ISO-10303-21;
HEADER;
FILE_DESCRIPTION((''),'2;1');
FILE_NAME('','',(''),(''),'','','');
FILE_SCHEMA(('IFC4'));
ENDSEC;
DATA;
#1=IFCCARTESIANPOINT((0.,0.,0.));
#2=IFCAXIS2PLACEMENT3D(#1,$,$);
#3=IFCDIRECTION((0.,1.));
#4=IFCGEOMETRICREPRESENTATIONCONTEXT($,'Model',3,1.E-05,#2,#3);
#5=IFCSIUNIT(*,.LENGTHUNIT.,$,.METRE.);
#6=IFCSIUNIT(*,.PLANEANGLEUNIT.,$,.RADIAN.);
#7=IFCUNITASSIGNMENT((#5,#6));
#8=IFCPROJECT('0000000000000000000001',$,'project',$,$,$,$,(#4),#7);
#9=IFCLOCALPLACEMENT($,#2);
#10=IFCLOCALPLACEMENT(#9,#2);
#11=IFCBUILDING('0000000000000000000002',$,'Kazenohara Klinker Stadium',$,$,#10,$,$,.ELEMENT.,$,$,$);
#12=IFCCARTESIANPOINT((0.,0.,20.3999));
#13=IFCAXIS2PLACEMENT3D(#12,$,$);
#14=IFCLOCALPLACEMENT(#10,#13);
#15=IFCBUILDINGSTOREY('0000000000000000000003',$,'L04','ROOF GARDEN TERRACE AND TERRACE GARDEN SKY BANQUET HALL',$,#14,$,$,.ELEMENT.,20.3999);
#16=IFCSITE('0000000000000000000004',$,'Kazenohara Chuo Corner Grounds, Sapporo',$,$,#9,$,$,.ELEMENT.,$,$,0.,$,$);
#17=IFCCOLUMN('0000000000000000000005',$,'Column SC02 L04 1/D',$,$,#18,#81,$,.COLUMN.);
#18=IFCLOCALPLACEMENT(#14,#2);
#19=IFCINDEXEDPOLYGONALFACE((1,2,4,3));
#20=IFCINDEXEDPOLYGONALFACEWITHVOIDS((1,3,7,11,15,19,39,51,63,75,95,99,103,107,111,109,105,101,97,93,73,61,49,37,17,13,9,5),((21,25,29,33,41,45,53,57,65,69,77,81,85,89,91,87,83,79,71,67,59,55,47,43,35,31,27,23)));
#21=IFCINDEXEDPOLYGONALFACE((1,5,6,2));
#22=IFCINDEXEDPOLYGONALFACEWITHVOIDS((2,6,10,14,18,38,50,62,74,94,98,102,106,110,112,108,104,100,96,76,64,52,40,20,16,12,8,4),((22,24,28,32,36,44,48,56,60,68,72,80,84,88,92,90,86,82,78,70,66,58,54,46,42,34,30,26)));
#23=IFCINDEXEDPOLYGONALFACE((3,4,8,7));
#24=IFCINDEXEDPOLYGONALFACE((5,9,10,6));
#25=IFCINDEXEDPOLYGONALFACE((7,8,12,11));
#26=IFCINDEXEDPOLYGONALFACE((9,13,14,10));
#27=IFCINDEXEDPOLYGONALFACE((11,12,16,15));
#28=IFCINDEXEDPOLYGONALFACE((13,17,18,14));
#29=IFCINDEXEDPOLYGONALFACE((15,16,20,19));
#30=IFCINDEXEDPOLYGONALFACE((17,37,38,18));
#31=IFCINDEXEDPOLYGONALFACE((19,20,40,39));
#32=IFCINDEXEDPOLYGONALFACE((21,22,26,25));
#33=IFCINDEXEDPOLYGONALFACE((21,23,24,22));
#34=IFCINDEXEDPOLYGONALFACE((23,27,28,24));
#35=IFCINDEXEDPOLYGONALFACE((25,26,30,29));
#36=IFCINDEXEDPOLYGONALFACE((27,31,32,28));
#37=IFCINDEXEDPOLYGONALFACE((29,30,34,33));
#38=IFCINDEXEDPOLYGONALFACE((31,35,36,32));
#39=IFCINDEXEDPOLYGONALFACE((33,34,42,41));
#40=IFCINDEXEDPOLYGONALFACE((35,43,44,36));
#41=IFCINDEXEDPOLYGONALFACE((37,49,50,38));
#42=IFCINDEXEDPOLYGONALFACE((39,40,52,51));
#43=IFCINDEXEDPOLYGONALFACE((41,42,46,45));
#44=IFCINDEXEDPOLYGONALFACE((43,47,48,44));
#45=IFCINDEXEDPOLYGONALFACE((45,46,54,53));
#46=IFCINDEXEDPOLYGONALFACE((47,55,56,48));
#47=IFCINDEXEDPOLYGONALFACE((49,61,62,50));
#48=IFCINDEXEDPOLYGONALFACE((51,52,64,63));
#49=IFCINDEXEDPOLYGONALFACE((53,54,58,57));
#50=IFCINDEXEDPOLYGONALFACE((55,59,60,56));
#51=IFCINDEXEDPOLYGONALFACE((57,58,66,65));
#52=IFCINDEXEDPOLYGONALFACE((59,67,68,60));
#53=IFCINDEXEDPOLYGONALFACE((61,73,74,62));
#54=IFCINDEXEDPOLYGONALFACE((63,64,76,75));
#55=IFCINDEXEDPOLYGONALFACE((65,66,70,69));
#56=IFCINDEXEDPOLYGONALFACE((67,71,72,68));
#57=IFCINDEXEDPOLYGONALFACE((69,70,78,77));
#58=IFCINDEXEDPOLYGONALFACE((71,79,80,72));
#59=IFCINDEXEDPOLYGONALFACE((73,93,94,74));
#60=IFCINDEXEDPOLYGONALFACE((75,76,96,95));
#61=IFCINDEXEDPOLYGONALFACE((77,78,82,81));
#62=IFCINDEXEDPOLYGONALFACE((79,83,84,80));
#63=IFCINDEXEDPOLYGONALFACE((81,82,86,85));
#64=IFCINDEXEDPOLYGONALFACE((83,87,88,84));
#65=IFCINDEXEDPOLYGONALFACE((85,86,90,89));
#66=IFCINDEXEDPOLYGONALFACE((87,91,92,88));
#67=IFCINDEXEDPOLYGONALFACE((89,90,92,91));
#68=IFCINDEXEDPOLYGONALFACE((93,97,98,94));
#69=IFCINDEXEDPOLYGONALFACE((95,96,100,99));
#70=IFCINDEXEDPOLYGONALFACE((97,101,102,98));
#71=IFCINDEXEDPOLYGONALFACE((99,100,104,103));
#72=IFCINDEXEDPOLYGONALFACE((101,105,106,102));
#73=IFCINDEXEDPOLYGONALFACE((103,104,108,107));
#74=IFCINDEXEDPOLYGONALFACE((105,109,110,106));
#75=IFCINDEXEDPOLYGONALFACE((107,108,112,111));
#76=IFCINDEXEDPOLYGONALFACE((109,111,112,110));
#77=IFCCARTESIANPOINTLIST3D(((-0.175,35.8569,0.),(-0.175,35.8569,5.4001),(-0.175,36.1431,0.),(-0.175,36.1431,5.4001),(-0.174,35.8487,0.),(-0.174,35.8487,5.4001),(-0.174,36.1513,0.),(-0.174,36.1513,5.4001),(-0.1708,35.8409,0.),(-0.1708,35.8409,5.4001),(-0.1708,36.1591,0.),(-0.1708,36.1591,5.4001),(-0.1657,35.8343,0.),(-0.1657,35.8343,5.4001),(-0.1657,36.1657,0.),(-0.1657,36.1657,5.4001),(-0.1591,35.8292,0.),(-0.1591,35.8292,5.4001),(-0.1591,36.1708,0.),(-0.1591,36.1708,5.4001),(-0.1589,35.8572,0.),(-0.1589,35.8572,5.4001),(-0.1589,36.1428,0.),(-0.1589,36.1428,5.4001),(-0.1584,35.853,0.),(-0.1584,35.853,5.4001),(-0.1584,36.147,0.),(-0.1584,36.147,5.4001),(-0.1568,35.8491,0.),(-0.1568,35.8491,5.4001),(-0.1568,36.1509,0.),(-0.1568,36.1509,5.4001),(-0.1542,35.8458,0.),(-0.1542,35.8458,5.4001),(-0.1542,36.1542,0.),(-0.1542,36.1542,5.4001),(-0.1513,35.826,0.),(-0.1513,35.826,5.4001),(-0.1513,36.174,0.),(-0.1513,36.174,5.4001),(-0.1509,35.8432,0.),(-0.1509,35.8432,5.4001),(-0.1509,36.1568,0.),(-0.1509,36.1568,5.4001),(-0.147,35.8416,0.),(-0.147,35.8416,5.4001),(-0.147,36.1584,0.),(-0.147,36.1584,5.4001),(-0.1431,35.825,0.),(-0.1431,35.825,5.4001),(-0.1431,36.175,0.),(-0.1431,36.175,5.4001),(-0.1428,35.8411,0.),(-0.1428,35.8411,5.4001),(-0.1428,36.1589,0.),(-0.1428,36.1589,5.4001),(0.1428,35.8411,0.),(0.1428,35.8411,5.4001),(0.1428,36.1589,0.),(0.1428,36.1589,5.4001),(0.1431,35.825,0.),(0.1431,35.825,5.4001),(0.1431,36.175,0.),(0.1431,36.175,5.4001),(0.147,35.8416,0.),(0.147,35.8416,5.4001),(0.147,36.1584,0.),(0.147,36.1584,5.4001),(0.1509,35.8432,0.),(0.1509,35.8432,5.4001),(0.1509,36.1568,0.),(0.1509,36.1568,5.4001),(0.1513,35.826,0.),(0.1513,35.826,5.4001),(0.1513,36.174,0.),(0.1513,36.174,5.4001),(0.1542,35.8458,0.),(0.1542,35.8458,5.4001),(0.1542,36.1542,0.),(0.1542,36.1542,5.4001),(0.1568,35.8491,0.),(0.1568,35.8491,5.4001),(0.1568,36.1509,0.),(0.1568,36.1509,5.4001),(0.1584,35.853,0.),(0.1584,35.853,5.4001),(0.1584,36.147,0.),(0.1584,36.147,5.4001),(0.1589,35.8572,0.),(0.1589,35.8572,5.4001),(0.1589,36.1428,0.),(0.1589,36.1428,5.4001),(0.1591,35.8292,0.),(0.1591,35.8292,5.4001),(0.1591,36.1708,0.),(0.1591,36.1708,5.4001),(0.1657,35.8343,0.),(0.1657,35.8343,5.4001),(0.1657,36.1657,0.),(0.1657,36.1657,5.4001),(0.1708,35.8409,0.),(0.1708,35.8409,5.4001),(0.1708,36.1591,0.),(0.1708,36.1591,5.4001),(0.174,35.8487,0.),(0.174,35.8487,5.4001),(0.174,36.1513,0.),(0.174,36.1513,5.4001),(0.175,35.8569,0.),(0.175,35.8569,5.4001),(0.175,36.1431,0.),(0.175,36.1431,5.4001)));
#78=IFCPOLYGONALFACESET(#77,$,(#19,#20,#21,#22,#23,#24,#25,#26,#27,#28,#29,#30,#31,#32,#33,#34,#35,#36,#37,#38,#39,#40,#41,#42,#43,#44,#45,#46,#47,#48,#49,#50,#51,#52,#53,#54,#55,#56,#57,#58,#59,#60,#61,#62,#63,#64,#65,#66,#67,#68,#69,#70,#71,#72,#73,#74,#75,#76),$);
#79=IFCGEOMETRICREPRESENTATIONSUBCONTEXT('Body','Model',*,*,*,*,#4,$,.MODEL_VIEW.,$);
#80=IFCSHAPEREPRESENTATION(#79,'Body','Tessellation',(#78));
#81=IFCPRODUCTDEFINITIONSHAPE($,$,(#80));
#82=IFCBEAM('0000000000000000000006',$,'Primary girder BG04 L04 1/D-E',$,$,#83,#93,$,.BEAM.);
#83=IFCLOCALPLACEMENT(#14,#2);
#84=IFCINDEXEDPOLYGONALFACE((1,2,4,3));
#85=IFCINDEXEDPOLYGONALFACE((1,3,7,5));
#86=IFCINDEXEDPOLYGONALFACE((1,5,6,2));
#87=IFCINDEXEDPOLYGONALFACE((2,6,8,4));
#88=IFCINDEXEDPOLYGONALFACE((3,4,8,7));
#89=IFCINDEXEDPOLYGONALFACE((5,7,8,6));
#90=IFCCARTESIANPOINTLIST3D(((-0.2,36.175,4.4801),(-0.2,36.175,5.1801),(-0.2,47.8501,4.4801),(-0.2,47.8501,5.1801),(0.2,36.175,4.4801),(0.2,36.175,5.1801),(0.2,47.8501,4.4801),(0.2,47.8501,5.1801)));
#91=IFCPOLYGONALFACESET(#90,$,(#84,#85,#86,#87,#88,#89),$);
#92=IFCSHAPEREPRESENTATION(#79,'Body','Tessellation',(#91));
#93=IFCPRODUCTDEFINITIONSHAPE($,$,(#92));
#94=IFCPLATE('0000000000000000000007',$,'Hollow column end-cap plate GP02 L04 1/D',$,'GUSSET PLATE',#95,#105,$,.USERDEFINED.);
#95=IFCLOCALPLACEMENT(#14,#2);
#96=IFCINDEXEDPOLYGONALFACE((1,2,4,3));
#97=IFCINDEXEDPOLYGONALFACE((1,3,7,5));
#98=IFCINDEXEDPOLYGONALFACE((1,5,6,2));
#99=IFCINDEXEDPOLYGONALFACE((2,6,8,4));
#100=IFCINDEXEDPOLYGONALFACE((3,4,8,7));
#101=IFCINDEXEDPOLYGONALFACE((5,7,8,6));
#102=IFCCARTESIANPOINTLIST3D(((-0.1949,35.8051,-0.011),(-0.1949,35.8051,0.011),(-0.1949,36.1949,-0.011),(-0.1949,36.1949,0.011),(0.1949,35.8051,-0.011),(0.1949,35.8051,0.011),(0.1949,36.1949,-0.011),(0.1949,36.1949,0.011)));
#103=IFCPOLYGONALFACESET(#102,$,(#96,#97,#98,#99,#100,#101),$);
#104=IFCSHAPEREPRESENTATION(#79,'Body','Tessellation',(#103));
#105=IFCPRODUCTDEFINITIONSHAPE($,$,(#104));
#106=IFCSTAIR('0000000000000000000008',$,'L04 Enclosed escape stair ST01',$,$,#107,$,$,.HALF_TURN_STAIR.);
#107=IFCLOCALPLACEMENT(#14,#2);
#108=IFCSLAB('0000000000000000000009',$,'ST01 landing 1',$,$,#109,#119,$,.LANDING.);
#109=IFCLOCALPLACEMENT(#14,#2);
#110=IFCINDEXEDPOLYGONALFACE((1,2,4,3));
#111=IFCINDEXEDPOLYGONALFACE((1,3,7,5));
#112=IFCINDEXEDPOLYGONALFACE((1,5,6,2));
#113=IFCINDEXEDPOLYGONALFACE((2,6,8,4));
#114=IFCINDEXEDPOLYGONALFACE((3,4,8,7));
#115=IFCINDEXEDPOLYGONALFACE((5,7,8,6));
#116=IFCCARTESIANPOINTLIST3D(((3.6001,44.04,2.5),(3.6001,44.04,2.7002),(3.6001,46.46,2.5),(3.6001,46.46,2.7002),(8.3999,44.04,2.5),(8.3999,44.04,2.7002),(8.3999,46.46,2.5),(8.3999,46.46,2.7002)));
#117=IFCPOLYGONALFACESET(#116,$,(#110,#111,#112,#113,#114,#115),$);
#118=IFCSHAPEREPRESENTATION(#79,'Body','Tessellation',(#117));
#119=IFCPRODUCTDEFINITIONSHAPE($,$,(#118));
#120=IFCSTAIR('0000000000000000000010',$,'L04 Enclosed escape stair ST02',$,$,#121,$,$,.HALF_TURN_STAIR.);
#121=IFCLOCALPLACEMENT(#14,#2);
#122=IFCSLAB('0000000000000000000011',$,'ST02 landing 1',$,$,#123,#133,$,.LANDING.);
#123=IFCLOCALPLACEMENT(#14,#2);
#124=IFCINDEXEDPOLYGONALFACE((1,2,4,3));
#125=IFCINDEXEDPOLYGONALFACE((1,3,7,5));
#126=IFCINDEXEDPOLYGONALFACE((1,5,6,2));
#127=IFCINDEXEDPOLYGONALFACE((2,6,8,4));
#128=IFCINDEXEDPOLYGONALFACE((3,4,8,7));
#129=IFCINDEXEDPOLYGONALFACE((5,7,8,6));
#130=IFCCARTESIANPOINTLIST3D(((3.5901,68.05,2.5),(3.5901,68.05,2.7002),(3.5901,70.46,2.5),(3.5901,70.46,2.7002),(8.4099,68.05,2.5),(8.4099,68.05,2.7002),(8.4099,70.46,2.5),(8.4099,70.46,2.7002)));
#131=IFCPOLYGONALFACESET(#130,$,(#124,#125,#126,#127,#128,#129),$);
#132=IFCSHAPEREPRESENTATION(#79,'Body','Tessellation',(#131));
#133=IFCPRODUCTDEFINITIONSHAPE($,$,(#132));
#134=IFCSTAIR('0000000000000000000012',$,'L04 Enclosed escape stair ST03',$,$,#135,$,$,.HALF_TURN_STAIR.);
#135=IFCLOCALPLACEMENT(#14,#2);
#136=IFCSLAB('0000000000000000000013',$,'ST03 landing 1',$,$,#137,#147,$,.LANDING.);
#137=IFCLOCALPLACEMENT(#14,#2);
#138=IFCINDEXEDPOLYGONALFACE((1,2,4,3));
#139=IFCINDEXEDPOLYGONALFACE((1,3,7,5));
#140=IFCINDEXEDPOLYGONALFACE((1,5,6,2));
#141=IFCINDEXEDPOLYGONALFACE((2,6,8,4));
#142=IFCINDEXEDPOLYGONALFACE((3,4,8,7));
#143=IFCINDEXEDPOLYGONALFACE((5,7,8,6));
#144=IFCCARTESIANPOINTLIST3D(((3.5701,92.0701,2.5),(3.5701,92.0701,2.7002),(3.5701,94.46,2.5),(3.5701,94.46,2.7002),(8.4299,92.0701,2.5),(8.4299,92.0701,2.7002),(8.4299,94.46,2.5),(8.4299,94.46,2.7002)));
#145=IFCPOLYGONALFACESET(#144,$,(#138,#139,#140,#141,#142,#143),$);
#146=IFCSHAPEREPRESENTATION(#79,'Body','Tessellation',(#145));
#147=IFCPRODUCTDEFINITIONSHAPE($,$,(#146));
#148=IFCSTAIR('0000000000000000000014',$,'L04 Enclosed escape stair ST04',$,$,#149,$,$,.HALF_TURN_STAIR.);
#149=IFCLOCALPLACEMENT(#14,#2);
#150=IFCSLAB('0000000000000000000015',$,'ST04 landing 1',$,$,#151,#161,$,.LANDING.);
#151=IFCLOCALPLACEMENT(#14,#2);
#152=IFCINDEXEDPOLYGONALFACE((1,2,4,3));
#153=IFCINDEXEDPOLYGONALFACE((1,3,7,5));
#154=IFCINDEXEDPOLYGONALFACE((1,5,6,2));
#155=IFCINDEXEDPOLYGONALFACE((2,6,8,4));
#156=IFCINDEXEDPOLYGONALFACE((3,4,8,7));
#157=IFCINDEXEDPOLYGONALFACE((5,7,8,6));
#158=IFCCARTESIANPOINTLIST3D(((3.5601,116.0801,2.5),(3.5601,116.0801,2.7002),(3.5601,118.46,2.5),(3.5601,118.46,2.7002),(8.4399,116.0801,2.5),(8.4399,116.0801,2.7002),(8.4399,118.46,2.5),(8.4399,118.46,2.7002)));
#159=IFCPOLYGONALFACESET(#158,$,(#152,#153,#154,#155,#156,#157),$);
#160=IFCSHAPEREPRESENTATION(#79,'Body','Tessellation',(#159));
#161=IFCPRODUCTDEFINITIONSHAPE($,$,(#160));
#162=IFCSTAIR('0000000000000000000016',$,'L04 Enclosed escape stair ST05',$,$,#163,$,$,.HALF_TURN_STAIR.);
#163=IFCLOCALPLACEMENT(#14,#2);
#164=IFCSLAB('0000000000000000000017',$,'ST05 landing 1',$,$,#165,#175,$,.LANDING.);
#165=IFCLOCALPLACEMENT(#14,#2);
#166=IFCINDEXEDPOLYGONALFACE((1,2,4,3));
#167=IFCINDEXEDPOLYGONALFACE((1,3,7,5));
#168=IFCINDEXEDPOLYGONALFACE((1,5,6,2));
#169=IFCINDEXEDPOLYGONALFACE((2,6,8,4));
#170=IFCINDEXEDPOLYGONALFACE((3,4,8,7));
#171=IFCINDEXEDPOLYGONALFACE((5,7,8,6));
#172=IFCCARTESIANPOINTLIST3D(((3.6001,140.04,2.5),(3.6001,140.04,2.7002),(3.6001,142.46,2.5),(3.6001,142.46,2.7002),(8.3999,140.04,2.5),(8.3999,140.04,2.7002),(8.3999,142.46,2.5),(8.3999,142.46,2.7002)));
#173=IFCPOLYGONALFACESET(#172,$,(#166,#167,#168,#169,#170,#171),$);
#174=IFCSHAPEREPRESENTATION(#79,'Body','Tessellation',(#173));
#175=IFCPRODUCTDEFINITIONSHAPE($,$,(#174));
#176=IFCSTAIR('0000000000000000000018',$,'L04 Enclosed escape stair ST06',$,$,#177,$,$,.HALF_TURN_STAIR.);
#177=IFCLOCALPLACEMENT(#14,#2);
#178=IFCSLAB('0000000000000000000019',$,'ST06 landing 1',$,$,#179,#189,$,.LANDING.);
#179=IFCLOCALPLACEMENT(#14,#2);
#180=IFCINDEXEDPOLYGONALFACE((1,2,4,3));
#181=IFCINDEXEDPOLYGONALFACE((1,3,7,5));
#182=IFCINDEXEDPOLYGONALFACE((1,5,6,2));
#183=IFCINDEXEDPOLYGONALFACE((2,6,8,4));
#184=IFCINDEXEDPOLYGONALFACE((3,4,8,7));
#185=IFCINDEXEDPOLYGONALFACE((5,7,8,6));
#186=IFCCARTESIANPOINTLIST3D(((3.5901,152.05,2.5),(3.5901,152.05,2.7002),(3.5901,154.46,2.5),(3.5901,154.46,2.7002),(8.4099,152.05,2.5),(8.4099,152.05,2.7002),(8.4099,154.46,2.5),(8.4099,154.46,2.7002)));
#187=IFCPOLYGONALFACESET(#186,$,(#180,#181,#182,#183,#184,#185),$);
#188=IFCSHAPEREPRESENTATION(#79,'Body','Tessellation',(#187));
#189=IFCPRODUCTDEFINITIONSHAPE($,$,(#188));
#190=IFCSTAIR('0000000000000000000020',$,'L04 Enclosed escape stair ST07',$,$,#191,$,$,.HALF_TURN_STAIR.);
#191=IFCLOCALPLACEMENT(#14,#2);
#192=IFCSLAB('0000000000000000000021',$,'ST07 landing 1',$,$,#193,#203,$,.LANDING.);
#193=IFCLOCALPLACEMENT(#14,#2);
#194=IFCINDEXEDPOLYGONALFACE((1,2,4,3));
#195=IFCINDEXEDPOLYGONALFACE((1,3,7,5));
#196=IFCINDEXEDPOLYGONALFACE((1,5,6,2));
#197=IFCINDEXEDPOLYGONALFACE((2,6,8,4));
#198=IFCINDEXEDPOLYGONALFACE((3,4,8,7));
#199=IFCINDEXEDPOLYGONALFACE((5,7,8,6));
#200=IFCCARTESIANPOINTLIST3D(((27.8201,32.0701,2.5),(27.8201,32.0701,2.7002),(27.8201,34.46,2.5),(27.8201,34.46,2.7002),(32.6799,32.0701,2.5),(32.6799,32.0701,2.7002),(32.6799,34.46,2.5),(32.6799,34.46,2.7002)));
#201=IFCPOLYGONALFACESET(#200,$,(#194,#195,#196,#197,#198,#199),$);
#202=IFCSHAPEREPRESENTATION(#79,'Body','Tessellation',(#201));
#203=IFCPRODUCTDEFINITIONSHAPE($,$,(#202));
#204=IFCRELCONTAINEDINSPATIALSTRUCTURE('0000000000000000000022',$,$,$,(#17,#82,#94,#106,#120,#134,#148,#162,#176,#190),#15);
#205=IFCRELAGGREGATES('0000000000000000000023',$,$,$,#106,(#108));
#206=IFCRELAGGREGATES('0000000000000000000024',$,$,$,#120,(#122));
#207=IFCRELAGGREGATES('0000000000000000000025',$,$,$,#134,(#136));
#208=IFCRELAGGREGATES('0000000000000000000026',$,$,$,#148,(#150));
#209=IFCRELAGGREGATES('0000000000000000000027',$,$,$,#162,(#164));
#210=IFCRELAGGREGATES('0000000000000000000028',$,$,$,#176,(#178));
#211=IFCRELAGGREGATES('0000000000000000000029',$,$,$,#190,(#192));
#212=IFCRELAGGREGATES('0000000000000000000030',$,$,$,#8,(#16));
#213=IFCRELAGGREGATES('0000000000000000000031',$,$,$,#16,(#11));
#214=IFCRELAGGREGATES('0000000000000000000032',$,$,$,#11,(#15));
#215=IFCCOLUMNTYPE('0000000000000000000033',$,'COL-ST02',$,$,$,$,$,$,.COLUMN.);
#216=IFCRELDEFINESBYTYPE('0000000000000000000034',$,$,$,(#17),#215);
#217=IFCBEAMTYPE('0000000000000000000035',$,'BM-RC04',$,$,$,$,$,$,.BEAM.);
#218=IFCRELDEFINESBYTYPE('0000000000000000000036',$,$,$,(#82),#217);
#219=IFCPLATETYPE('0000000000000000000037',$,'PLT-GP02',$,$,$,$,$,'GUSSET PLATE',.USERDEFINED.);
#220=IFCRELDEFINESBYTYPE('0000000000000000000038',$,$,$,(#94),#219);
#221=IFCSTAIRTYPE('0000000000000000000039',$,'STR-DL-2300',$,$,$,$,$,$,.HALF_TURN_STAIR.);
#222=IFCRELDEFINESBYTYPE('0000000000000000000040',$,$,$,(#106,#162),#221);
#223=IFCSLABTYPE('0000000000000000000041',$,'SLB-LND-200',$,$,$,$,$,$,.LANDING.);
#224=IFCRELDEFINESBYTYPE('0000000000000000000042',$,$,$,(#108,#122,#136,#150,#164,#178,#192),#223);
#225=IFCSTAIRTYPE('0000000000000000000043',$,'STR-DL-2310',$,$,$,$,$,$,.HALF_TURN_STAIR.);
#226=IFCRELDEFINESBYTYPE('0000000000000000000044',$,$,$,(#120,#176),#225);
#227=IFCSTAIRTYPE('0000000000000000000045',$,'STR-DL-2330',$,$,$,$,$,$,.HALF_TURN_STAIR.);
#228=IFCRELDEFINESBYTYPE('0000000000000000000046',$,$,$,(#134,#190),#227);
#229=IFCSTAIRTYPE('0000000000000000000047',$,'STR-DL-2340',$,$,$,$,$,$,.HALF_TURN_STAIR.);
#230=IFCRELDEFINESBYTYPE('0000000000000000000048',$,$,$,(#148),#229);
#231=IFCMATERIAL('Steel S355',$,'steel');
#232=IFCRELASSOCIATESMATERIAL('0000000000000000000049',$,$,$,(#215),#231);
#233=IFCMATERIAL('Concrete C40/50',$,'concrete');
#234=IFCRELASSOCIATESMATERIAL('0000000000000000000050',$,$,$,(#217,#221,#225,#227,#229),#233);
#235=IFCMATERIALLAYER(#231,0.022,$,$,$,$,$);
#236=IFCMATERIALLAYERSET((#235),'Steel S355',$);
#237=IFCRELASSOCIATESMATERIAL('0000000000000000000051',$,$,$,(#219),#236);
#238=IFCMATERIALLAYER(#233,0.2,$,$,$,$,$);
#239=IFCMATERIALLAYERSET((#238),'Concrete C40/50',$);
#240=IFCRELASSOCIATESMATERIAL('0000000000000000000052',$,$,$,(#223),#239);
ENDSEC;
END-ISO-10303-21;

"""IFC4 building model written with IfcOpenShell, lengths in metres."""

from ifc_helpers import new_model, si_unit, direction, frame, origin, origin_2d, place, context, subcontext, project, spatial, polyline, rectangle, hollow_rectangle, outline, extrude, material, layer, layer_set, material_profile, profile_set, type_object, element, aggregate, save


model = new_model("IFC4")

# Units and contexts
model_context = context("Model", 3, precision=1e-05, world=origin(), true_north=direction((0.0, 1.0)))
body_context = subcontext(model_context, "Body", "Model", "MODEL_VIEW")
ifc_project = project(units=[si_unit("LENGTHUNIT", "METRE"), si_unit("PLANEANGLEUNIT", "RADIAN")], contexts=[model_context])

# Site, building, storey
site_placement = place(None, origin())
site = spatial("IfcSite", under=ifc_project, at=site_placement, Name="Kazenohara Chuo Corner Grounds, Sapporo", CompositionType="ELEMENT", RefElevation=0.0)
building_placement = place(site_placement, origin())
building = spatial("IfcBuilding", under=site, at=building_placement, Name="Kazenohara Klinker Stadium", CompositionType="ELEMENT")
storey_placement = place(building_placement, frame((0.0, 0.0, 20.3999)))
storey = spatial("IfcBuildingStorey", under=building, at=storey_placement, Name="L04", Description="ROOF GARDEN TERRACE AND TERRACE GARDEN SKY BANQUET HALL", CompositionType="ELEMENT", Elevation=20.3999)

# Column
ifc_material_1 = material(Name="Steel S355", Category="steel")
ifc_material_profile_1 = material_profile(ifc_material_1, hollow_rectangle(XDim=0.3501, YDim=0.3501, WallThickness=0.0161, InnerFilletRadius=0.0161, OuterFilletRadius=0.032, at=origin_2d()), Name="SHS-350x350x16")
ifc_profile_set_1 = profile_set([ifc_material_profile_1], Name="Steel S355")
column_type = type_object("IfcColumnType", Name="COL-ST02", PredefinedType="COLUMN", material=ifc_profile_set_1)
column_placement = place(storey_placement, frame((0.0, 36.0, 0.0), z_axis=(0.0, 0.0, 1.0), x_axis=(1.0, 0.0, 0.0)))
element("IfcColumn", 1, at=column_placement, inside=storey, type_object=column_type, Name="Column SC02 L04 1/D", PredefinedType="COLUMN", context=body_context, shape_type="SweptSolid", body=[
    extrude(hollow_rectangle(XDim=0.3501, YDim=0.3501, WallThickness=0.0161, InnerFilletRadius=0.0161, OuterFilletRadius=0.032, at=origin_2d()), origin(), (0.0, 0.0, 1.0), 5.4001),
])

# Beam
ifc_material_2 = material(Name="Concrete C40/50", Category="concrete")
ifc_material_profile_2 = material_profile(ifc_material_2, rectangle(XDim=0.3999, YDim=0.7, at=origin_2d()), Name="RC-BM-400x700")
ifc_profile_set_2 = profile_set([ifc_material_profile_2], Name="Concrete C40/50")
beam_type = type_object("IfcBeamType", Name="BM-RC04", PredefinedType="BEAM", material=ifc_profile_set_2)
beam_placement = place(storey_placement, frame((0.0, 36.175, 4.8301), z_axis=(0.0, 1.0, 0.0), x_axis=(-1.0, 0.0, 0.0)))
element("IfcBeam", 2, at=beam_placement, inside=storey, type_object=beam_type, Name="Primary girder BG04 L04 1/D-E", PredefinedType="BEAM", context=body_context, shape_type="SweptSolid", body=[
    extrude(rectangle(XDim=0.3999, YDim=0.7, at=origin_2d()), origin(), (0.0, 0.0, 1.0), 11.675),
])

# Plate
ifc_layer_1 = layer(ifc_material_1, 0.022)
ifc_layer_set_1 = layer_set([ifc_layer_1], Name="Steel S355")
plate_type = type_object("IfcPlateType", Name="PLT-GP02", ElementType="GUSSET PLATE", PredefinedType="USERDEFINED", material=ifc_layer_set_1)
plate_placement = place(storey_placement, frame((0.0, 36.0, -0.011), z_axis=(0.0, 0.0, 1.0), x_axis=(1.0, 0.0, 0.0)))
element("IfcPlate", 3, at=plate_placement, inside=storey, type_object=plate_type, Name="Hollow column end-cap plate GP02 L04 1/D", ObjectType="GUSSET PLATE", PredefinedType="USERDEFINED", context=body_context, shape_type="SweptSolid", body=[
    extrude(rectangle(XDim=0.3899, YDim=0.3899, at=origin_2d()), origin(), (0.0, 0.0, 1.0), 0.022),
])

# Stairs, slabs
stair_type_1 = type_object("IfcStairType", Name="STR-DL-2300", PredefinedType="HALF_TURN_STAIR", material=ifc_material_2)
stair_1_placement = place(storey_placement, origin())
stair_1 = element("IfcStair", 4, at=stair_1_placement, inside=storey, type_object=stair_type_1, Name="L04 Enclosed escape stair ST01", PredefinedType="HALF_TURN_STAIR")
ifc_layer_2 = layer(ifc_material_2, 0.2)
ifc_layer_set_2 = layer_set([ifc_layer_2], Name="Concrete C40/50")
slab_type_1 = type_object("IfcSlabType", Name="SLB-LND-200", PredefinedType="LANDING", material=ifc_layer_set_2)
slab_1_placement = place(storey_placement, frame((0.0, 0.0, 2.5)))
slab_1 = element("IfcSlab", 5, at=slab_1_placement, type_object=slab_type_1, Name="ST01 landing 1", PredefinedType="LANDING", context=body_context, shape_type="SweptSolid", body=[
    extrude(outline(polyline([(8.3999, 44.04), (8.3999, 46.46), (3.6001, 46.46), (3.6001, 44.04), (8.3999, 44.04)])), origin(), (0.0, 0.0, 1.0), 0.2002),
])
aggregate(stair_1, [slab_1])
stair_type_2 = type_object("IfcStairType", Name="STR-DL-2310", PredefinedType="HALF_TURN_STAIR", material=ifc_material_2)
stair_2_placement = place(storey_placement, origin())
stair_2 = element("IfcStair", 6, at=stair_2_placement, inside=storey, type_object=stair_type_2, Name="L04 Enclosed escape stair ST02", PredefinedType="HALF_TURN_STAIR")
slab_2_placement = place(storey_placement, frame((0.0, 0.0, 2.5)))
slab_2 = element("IfcSlab", 7, at=slab_2_placement, type_object=slab_type_1, Name="ST02 landing 1", PredefinedType="LANDING", context=body_context, shape_type="SweptSolid", body=[
    extrude(outline(polyline([(8.4099, 68.05), (8.4099, 70.46), (3.5901, 70.46), (3.5901, 68.05), (8.4099, 68.05)])), origin(), (0.0, 0.0, 1.0), 0.2002),
])
aggregate(stair_2, [slab_2])
stair_type_3 = type_object("IfcStairType", Name="STR-DL-2330", PredefinedType="HALF_TURN_STAIR", material=ifc_material_2)
stair_3_placement = place(storey_placement, origin())
stair_3 = element("IfcStair", 8, at=stair_3_placement, inside=storey, type_object=stair_type_3, Name="L04 Enclosed escape stair ST03", PredefinedType="HALF_TURN_STAIR")
slab_3_placement = place(storey_placement, frame((0.0, 0.0, 2.5)))
slab_3 = element("IfcSlab", 9, at=slab_3_placement, type_object=slab_type_1, Name="ST03 landing 1", PredefinedType="LANDING", context=body_context, shape_type="SweptSolid", body=[
    extrude(outline(polyline([(8.4299, 92.0701), (8.4299, 94.46), (3.5701, 94.46), (3.5701, 92.0701), (8.4299, 92.0701)])), origin(), (0.0, 0.0, 1.0), 0.2002),
])
aggregate(stair_3, [slab_3])
stair_type_4 = type_object("IfcStairType", Name="STR-DL-2340", PredefinedType="HALF_TURN_STAIR", material=ifc_material_2)
stair_4_placement = place(storey_placement, origin())
stair_4 = element("IfcStair", 10, at=stair_4_placement, inside=storey, type_object=stair_type_4, Name="L04 Enclosed escape stair ST04", PredefinedType="HALF_TURN_STAIR")
slab_4_placement = place(storey_placement, frame((0.0, 0.0, 2.5)))
slab_4 = element("IfcSlab", 11, at=slab_4_placement, type_object=slab_type_1, Name="ST04 landing 1", PredefinedType="LANDING", context=body_context, shape_type="SweptSolid", body=[
    extrude(outline(polyline([(8.4399, 116.0801), (8.4399, 118.46), (3.5601, 118.46), (3.5601, 116.0801), (8.4399, 116.0801)])), origin(), (0.0, 0.0, 1.0), 0.2002),
])
aggregate(stair_4, [slab_4])
stair_5_placement = place(storey_placement, origin())
stair_5 = element("IfcStair", 12, at=stair_5_placement, inside=storey, type_object=stair_type_1, Name="L04 Enclosed escape stair ST05", PredefinedType="HALF_TURN_STAIR")
slab_5_placement = place(storey_placement, frame((0.0, 0.0, 2.5)))
slab_5 = element("IfcSlab", 13, at=slab_5_placement, type_object=slab_type_1, Name="ST05 landing 1", PredefinedType="LANDING", context=body_context, shape_type="SweptSolid", body=[
    extrude(outline(polyline([(8.3999, 140.04), (8.3999, 142.46), (3.6001, 142.46), (3.6001, 140.04), (8.3999, 140.04)])), origin(), (0.0, 0.0, 1.0), 0.2002),
])
aggregate(stair_5, [slab_5])
stair_6_placement = place(storey_placement, origin())
stair_6 = element("IfcStair", 14, at=stair_6_placement, inside=storey, type_object=stair_type_2, Name="L04 Enclosed escape stair ST06", PredefinedType="HALF_TURN_STAIR")
slab_6_placement = place(storey_placement, frame((0.0, 0.0, 2.5)))
slab_6 = element("IfcSlab", 15, at=slab_6_placement, type_object=slab_type_1, Name="ST06 landing 1", PredefinedType="LANDING", context=body_context, shape_type="SweptSolid", body=[
    extrude(outline(polyline([(8.4099, 152.05), (8.4099, 154.46), (3.5901, 154.46), (3.5901, 152.05), (8.4099, 152.05)])), origin(), (0.0, 0.0, 1.0), 0.2002),
])
aggregate(stair_6, [slab_6])
stair_7_placement = place(storey_placement, origin())
stair_7 = element("IfcStair", 16, at=stair_7_placement, inside=storey, type_object=stair_type_3, Name="L04 Enclosed escape stair ST07", PredefinedType="HALF_TURN_STAIR")
slab_7_placement = place(storey_placement, frame((0.0, 0.0, 2.5)))
slab_7 = element("IfcSlab", 17, at=slab_7_placement, type_object=slab_type_1, Name="ST07 landing 1", PredefinedType="LANDING", context=body_context, shape_type="SweptSolid", body=[
    extrude(outline(polyline([(32.6799, 32.0701), (32.6799, 34.46), (27.8201, 34.46), (27.8201, 32.0701), (32.6799, 32.0701)])), origin(), (0.0, 0.0, 1.0), 0.2002),
])
aggregate(stair_7, [slab_7])

save(model, "model.ifc")
